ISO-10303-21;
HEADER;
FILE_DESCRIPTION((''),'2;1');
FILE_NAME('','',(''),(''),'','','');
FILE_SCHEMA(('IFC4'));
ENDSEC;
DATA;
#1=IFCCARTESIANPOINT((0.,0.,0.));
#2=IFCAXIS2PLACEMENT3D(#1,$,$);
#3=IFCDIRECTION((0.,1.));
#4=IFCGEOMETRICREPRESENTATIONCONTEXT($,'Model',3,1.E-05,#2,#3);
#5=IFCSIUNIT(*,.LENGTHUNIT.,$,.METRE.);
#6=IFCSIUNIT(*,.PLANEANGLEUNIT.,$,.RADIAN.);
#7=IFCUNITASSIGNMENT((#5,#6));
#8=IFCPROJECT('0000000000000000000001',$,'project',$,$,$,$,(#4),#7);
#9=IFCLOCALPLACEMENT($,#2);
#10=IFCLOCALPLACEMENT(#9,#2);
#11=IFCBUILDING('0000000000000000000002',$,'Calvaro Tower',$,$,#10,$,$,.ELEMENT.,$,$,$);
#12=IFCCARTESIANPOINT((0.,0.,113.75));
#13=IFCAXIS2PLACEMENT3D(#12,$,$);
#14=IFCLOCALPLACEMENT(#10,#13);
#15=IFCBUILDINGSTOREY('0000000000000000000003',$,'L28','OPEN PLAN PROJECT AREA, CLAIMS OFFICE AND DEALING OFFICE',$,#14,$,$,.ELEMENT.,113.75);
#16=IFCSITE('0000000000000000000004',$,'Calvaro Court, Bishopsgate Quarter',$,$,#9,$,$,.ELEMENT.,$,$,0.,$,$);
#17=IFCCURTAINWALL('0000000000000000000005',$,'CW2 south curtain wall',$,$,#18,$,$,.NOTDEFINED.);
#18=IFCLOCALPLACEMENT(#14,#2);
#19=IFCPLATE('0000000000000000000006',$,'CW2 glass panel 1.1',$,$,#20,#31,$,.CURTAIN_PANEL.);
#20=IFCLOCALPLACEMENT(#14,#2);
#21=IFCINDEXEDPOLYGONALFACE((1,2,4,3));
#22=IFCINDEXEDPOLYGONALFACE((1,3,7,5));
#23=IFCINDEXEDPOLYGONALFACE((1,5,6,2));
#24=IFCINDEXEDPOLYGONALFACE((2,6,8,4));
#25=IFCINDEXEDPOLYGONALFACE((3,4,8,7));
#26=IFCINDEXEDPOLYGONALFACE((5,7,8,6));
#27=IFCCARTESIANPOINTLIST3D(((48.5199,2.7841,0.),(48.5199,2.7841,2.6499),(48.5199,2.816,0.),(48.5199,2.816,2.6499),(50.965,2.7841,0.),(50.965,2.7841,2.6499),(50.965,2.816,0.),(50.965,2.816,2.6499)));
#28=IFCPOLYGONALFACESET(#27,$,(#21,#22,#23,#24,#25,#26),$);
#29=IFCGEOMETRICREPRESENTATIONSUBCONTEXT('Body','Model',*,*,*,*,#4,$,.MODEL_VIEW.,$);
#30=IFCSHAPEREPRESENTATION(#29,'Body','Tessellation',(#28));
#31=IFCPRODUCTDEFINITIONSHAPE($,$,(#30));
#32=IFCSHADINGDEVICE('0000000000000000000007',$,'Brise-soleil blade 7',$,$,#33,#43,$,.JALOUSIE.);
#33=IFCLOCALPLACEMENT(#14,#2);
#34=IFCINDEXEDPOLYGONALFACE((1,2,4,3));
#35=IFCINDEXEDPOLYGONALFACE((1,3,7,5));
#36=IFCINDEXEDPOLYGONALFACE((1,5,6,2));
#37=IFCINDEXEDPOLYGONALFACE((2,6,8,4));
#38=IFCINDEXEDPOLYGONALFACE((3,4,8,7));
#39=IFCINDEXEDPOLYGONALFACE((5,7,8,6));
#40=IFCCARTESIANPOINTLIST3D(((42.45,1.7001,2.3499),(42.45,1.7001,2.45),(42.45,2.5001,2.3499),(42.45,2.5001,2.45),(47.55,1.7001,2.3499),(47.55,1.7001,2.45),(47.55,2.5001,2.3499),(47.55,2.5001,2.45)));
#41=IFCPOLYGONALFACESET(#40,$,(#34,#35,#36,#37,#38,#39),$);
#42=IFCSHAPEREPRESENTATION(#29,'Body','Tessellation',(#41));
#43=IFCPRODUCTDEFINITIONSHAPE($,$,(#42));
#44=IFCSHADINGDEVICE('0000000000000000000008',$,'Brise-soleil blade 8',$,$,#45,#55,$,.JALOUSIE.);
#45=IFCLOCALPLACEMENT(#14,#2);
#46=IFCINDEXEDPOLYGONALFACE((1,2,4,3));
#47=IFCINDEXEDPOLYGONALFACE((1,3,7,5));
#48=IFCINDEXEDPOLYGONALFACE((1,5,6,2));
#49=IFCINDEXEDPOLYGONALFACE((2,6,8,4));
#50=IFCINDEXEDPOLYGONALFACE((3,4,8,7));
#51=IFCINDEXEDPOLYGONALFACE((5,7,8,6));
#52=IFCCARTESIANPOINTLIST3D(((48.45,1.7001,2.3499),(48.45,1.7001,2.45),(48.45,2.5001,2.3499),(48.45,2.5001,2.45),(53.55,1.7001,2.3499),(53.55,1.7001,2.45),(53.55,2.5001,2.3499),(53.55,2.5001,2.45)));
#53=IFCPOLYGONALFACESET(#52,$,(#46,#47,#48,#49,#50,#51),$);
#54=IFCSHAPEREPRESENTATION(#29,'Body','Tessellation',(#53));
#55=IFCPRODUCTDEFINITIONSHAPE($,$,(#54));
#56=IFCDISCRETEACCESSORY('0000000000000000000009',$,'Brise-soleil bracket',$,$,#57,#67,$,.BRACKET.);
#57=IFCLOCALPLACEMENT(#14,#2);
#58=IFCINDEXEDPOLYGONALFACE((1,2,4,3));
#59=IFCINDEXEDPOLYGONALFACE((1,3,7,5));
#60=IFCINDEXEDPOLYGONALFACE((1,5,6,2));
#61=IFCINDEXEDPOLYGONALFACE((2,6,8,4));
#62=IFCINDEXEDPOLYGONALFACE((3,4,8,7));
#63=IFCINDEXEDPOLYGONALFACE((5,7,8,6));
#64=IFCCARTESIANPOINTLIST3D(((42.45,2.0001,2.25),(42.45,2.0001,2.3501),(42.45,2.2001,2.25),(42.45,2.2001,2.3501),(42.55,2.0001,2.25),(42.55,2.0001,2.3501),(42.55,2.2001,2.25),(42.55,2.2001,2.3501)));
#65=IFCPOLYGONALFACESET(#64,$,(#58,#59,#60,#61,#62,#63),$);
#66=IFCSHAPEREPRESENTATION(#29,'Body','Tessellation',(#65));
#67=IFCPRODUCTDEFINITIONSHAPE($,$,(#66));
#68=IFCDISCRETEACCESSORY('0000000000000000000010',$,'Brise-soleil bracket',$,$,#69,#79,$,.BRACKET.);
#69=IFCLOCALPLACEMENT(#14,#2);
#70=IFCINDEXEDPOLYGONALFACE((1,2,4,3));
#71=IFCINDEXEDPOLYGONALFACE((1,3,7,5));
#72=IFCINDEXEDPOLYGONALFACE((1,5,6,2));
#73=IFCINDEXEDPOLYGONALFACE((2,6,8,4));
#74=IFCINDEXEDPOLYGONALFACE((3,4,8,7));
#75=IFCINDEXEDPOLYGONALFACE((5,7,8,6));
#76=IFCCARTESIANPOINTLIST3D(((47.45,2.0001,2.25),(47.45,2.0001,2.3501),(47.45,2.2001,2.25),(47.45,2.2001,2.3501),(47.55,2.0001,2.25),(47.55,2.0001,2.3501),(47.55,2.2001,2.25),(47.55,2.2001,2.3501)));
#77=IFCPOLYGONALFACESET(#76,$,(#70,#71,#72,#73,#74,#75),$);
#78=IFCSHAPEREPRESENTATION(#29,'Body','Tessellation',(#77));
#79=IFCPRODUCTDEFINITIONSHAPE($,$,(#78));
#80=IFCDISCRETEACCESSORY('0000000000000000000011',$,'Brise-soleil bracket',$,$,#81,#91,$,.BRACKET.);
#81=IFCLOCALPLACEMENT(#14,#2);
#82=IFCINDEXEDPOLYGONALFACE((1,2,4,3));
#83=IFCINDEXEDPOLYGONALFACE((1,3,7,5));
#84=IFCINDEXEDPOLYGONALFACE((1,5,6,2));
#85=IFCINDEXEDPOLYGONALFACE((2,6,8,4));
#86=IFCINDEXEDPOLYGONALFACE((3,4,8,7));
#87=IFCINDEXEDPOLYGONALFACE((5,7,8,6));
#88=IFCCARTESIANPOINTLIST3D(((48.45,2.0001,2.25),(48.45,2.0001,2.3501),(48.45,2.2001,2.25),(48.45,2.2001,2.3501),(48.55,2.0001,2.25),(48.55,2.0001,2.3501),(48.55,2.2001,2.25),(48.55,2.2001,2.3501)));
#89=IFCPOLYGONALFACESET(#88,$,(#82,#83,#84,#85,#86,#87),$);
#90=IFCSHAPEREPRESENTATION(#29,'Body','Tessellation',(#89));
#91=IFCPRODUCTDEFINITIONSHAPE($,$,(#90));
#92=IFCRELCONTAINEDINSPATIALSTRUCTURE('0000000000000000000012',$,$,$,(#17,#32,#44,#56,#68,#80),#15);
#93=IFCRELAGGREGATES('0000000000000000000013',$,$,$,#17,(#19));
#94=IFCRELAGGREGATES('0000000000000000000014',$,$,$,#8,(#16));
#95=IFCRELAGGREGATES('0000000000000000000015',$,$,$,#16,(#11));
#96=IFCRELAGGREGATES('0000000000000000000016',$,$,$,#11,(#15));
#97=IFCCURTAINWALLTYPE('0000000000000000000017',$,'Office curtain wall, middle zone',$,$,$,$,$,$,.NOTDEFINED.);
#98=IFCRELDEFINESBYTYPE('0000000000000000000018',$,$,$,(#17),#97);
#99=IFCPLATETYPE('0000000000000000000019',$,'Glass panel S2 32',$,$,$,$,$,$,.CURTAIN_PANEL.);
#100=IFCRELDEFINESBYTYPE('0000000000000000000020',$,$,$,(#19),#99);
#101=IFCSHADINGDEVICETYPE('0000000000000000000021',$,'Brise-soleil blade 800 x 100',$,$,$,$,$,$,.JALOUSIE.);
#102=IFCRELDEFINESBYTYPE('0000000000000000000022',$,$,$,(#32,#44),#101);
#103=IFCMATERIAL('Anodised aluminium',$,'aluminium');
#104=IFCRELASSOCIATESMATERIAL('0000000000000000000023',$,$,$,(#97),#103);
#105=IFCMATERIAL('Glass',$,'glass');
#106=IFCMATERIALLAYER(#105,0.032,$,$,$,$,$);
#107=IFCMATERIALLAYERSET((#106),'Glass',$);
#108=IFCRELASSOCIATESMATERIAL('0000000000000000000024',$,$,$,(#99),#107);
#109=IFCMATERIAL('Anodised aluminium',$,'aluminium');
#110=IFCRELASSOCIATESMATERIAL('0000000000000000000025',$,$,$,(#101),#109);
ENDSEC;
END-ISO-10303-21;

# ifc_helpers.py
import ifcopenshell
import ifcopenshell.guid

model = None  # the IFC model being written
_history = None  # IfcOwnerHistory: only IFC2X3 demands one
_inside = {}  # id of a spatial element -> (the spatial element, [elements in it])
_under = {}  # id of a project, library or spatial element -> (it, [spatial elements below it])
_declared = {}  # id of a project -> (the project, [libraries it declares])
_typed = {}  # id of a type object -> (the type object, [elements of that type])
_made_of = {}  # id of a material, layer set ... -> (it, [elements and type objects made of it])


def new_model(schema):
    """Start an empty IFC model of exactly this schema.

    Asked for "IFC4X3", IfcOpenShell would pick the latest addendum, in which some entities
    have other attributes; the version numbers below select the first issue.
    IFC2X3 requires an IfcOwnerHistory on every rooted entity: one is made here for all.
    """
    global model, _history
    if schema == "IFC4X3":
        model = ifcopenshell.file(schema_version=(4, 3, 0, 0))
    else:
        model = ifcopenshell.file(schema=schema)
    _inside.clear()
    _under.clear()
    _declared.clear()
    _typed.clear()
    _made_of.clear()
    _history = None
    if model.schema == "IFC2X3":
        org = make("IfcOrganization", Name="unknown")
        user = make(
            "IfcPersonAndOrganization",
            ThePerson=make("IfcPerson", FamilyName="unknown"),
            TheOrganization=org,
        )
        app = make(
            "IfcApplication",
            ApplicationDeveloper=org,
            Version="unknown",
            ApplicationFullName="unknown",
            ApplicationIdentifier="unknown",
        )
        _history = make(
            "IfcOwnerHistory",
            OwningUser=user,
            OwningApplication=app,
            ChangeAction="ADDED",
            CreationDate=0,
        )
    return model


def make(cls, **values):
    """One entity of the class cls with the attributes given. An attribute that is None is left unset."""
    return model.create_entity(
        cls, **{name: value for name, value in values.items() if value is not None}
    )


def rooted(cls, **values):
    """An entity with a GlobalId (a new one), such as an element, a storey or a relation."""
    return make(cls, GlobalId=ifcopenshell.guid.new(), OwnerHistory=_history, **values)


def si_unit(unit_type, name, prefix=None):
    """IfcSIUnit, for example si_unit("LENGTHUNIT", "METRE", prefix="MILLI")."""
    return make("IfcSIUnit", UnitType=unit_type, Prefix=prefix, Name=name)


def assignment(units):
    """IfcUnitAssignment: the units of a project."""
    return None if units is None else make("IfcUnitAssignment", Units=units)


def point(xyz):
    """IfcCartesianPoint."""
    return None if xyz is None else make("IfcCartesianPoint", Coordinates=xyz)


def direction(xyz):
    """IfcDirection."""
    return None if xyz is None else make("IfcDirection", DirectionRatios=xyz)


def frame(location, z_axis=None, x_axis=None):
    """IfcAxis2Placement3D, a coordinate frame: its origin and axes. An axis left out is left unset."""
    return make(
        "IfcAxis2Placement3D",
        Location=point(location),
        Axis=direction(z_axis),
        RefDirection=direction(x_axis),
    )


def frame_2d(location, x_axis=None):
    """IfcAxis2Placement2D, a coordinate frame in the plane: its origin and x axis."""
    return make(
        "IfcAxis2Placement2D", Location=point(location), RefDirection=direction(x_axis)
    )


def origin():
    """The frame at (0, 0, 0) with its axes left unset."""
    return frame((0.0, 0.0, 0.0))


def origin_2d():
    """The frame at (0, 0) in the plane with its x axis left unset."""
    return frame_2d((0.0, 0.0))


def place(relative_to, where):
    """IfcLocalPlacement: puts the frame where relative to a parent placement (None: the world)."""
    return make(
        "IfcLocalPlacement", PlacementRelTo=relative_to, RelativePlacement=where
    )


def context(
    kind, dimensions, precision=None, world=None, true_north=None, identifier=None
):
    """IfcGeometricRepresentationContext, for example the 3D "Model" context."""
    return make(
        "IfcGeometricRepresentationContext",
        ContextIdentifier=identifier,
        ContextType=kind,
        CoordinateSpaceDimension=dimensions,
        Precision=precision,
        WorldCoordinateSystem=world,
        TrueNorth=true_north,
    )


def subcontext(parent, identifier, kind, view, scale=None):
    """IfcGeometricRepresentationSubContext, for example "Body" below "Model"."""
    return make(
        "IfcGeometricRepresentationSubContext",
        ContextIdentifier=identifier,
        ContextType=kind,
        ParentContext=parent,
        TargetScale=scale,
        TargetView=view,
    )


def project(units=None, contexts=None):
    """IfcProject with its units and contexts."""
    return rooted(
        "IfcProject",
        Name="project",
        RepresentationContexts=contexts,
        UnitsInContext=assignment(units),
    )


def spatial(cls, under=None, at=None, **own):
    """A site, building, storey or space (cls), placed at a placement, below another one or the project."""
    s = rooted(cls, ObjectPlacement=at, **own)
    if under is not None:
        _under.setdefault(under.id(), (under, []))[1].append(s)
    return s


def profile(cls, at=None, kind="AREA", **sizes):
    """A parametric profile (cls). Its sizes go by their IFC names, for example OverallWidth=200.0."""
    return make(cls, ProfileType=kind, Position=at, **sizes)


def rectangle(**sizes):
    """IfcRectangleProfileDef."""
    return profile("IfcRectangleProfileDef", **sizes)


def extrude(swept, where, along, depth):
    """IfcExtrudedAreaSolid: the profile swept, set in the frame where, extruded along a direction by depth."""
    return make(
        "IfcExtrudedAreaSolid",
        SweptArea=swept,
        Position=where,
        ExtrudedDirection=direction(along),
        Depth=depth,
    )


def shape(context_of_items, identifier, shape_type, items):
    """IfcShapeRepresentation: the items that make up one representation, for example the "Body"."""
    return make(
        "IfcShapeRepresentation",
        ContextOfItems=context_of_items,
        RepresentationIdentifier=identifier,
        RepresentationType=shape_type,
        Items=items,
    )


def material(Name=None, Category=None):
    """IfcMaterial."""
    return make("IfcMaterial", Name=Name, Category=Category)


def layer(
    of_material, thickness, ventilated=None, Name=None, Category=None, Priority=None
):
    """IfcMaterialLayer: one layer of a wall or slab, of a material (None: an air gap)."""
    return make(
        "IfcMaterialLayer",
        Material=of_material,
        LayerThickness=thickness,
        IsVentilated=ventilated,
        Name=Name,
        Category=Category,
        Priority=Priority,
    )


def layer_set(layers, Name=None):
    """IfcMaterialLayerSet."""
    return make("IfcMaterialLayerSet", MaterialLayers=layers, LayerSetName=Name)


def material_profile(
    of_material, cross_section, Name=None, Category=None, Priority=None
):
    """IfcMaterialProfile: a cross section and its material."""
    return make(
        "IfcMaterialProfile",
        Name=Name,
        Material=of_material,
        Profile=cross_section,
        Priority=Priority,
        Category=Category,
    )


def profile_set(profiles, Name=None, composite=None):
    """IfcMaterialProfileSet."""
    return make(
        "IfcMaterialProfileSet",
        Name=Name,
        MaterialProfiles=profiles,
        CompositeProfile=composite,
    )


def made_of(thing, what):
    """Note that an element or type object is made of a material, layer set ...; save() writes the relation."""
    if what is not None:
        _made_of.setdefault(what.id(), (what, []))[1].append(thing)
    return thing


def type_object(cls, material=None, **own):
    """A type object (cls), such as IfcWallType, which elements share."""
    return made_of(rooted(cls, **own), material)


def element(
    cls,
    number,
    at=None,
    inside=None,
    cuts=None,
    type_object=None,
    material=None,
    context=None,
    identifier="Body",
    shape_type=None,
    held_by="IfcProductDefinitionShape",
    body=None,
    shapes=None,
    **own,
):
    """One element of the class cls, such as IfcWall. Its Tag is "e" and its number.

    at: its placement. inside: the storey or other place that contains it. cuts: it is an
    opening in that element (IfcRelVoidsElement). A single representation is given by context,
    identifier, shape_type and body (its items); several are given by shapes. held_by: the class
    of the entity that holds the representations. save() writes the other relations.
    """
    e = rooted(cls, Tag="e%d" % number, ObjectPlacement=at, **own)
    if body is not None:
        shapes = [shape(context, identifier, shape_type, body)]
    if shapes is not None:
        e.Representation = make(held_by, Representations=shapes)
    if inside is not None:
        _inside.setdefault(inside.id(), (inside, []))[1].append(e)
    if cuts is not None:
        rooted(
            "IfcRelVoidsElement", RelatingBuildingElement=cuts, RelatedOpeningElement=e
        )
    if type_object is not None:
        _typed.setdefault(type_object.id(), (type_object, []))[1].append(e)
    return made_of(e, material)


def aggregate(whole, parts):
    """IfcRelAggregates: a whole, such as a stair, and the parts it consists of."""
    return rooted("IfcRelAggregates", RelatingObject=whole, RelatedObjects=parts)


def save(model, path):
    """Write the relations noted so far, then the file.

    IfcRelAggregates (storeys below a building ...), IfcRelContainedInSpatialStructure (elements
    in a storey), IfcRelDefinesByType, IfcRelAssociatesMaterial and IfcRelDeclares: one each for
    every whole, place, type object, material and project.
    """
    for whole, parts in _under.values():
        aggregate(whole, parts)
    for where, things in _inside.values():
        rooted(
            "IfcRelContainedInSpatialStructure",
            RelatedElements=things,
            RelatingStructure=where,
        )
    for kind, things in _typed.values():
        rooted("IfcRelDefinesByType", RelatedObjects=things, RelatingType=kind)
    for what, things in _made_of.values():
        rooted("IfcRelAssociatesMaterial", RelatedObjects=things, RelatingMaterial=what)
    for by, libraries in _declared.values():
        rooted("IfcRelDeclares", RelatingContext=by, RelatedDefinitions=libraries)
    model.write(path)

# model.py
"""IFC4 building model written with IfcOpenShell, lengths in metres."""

from ifc_helpers import new_model, si_unit, direction, frame, origin, origin_2d, place, context, subcontext, project, spatial, rectangle, extrude, material, layer, layer_set, material_profile, profile_set, type_object, element, aggregate, save


model = new_model("IFC4")

# Units and contexts
model_context = context("Model", 3, precision=1e-05, world=origin(), true_north=direction((0.0, 1.0)))
body_context = subcontext(model_context, "Body", "Model", "MODEL_VIEW")
ifc_project = project(units=[si_unit("LENGTHUNIT", "METRE"), si_unit("PLANEANGLEUNIT", "RADIAN")], contexts=[model_context])

# Site, building, storey
site_placement = place(None, origin())
site = spatial("IfcSite", under=ifc_project, at=site_placement, Name="Calvaro Court, Bishopsgate Quarter", CompositionType="ELEMENT", RefElevation=0.0)
building_placement = place(site_placement, origin())
building = spatial("IfcBuilding", under=site, at=building_placement, Name="Calvaro Tower", CompositionType="ELEMENT")
storey_placement = place(building_placement, frame((0.0, 0.0, 113.75)))
storey = spatial("IfcBuildingStorey", under=building, at=storey_placement, Name="L28", Description="OPEN PLAN PROJECT AREA, CLAIMS OFFICE AND DEALING OFFICE", CompositionType="ELEMENT", Elevation=113.75)

# Curtain wall
ifc_material_1 = material(Name="Anodised aluminium", Category="aluminium")
curtain_wall_type = type_object("IfcCurtainWallType", Name="Office curtain wall, middle zone", PredefinedType="NOTDEFINED", material=ifc_material_1)
curtain_wall_1_placement = place(storey_placement, origin())
curtain_wall_1 = element("IfcCurtainWall", 1, at=curtain_wall_1_placement, inside=storey, type_object=curtain_wall_type, Name="CW2 south curtain wall", PredefinedType="NOTDEFINED")

# Plate
ifc_material_2 = material(Name="Glass", Category="glass")
ifc_layer = layer(ifc_material_2, 0.032)
ifc_layer_set = layer_set([ifc_layer], Name="Glass")
plate_type = type_object("IfcPlateType", Name="Glass panel S2 32", PredefinedType="CURTAIN_PANEL", material=ifc_layer_set)
plate_1_placement = place(storey_placement, frame((49.7424, 2.8, 0.0), z_axis=(0.0, 0.0, 1.0), x_axis=(1.0, 0.0, 0.0)))
plate_1 = element("IfcPlate", 2, at=plate_1_placement, type_object=plate_type, Name="CW2 glass panel 1.1", PredefinedType="CURTAIN_PANEL", context=body_context, shape_type="SweptSolid", body=[
    extrude(rectangle(XDim=2.4451, YDim=0.032, at=origin_2d()), origin(), (0.0, 0.0, 1.0), 2.6499),
])
aggregate(curtain_wall_1, [plate_1])

# Shading devices
ifc_material_3 = material(Name="Anodised aluminium", Category="aluminium")
ifc_material_profile_1 = material_profile(ifc_material_3, rectangle(XDim=0.8, YDim=0.1001, at=origin_2d()), Name="Brise-soleil blade 800 x 100")
ifc_profile_set_1 = profile_set([ifc_material_profile_1], Name="Anodised aluminium")
shading_device_type = type_object("IfcShadingDeviceType", Name="Brise-soleil blade 800 x 100", PredefinedType="JALOUSIE", material=ifc_profile_set_1)
for number, where, z_axis, x_axis, name in (
    (3, (42.45, 2.1001, 2.3999), (1.0, 0.0, 0.0), (0.0, 1.0, 0.0), "Brise-soleil blade 7"),
    (4, (48.45, 2.1001, 2.3999), (1.0, 0.0, 0.0), (0.0, 1.0, 0.0), "Brise-soleil blade 8"),
):
    element("IfcShadingDevice", number, at=place(storey_placement, frame(where, z_axis=z_axis, x_axis=x_axis)), inside=storey, type_object=shading_device_type, Name=name, PredefinedType="JALOUSIE", context=body_context, shape_type="SweptSolid", body=[
        extrude(rectangle(XDim=0.8, YDim=0.1001, at=origin_2d()), origin(), (0.0, 0.0, 1.0), 5.1001),
    ])

# Discrete accessories
for number, where, z_axis, x_axis, name in (
    (5, (42.5, 2.1001, 2.25), (0.0, 0.0, 1.0), (1.0, 0.0, 0.0), "Brise-soleil bracket"),
    (6, (47.5, 2.1001, 2.25), (0.0, 0.0, 1.0), (1.0, 0.0, 0.0), "Brise-soleil bracket"),
    (7, (48.5, 2.1001, 2.25), (0.0, 0.0, 1.0), (1.0, 0.0, 0.0), "Brise-soleil bracket"),
):
    element("IfcDiscreteAccessory", number, at=place(storey_placement, frame(where, z_axis=z_axis, x_axis=x_axis)), inside=storey, Name=name, PredefinedType="BRACKET", context=body_context, shape_type="SweptSolid", body=[
        extrude(rectangle(XDim=0.1001, YDim=0.2, at=origin_2d()), origin(), (0.0, 0.0, 1.0), 0.1001),
    ])

save(model, "model.ifc")
